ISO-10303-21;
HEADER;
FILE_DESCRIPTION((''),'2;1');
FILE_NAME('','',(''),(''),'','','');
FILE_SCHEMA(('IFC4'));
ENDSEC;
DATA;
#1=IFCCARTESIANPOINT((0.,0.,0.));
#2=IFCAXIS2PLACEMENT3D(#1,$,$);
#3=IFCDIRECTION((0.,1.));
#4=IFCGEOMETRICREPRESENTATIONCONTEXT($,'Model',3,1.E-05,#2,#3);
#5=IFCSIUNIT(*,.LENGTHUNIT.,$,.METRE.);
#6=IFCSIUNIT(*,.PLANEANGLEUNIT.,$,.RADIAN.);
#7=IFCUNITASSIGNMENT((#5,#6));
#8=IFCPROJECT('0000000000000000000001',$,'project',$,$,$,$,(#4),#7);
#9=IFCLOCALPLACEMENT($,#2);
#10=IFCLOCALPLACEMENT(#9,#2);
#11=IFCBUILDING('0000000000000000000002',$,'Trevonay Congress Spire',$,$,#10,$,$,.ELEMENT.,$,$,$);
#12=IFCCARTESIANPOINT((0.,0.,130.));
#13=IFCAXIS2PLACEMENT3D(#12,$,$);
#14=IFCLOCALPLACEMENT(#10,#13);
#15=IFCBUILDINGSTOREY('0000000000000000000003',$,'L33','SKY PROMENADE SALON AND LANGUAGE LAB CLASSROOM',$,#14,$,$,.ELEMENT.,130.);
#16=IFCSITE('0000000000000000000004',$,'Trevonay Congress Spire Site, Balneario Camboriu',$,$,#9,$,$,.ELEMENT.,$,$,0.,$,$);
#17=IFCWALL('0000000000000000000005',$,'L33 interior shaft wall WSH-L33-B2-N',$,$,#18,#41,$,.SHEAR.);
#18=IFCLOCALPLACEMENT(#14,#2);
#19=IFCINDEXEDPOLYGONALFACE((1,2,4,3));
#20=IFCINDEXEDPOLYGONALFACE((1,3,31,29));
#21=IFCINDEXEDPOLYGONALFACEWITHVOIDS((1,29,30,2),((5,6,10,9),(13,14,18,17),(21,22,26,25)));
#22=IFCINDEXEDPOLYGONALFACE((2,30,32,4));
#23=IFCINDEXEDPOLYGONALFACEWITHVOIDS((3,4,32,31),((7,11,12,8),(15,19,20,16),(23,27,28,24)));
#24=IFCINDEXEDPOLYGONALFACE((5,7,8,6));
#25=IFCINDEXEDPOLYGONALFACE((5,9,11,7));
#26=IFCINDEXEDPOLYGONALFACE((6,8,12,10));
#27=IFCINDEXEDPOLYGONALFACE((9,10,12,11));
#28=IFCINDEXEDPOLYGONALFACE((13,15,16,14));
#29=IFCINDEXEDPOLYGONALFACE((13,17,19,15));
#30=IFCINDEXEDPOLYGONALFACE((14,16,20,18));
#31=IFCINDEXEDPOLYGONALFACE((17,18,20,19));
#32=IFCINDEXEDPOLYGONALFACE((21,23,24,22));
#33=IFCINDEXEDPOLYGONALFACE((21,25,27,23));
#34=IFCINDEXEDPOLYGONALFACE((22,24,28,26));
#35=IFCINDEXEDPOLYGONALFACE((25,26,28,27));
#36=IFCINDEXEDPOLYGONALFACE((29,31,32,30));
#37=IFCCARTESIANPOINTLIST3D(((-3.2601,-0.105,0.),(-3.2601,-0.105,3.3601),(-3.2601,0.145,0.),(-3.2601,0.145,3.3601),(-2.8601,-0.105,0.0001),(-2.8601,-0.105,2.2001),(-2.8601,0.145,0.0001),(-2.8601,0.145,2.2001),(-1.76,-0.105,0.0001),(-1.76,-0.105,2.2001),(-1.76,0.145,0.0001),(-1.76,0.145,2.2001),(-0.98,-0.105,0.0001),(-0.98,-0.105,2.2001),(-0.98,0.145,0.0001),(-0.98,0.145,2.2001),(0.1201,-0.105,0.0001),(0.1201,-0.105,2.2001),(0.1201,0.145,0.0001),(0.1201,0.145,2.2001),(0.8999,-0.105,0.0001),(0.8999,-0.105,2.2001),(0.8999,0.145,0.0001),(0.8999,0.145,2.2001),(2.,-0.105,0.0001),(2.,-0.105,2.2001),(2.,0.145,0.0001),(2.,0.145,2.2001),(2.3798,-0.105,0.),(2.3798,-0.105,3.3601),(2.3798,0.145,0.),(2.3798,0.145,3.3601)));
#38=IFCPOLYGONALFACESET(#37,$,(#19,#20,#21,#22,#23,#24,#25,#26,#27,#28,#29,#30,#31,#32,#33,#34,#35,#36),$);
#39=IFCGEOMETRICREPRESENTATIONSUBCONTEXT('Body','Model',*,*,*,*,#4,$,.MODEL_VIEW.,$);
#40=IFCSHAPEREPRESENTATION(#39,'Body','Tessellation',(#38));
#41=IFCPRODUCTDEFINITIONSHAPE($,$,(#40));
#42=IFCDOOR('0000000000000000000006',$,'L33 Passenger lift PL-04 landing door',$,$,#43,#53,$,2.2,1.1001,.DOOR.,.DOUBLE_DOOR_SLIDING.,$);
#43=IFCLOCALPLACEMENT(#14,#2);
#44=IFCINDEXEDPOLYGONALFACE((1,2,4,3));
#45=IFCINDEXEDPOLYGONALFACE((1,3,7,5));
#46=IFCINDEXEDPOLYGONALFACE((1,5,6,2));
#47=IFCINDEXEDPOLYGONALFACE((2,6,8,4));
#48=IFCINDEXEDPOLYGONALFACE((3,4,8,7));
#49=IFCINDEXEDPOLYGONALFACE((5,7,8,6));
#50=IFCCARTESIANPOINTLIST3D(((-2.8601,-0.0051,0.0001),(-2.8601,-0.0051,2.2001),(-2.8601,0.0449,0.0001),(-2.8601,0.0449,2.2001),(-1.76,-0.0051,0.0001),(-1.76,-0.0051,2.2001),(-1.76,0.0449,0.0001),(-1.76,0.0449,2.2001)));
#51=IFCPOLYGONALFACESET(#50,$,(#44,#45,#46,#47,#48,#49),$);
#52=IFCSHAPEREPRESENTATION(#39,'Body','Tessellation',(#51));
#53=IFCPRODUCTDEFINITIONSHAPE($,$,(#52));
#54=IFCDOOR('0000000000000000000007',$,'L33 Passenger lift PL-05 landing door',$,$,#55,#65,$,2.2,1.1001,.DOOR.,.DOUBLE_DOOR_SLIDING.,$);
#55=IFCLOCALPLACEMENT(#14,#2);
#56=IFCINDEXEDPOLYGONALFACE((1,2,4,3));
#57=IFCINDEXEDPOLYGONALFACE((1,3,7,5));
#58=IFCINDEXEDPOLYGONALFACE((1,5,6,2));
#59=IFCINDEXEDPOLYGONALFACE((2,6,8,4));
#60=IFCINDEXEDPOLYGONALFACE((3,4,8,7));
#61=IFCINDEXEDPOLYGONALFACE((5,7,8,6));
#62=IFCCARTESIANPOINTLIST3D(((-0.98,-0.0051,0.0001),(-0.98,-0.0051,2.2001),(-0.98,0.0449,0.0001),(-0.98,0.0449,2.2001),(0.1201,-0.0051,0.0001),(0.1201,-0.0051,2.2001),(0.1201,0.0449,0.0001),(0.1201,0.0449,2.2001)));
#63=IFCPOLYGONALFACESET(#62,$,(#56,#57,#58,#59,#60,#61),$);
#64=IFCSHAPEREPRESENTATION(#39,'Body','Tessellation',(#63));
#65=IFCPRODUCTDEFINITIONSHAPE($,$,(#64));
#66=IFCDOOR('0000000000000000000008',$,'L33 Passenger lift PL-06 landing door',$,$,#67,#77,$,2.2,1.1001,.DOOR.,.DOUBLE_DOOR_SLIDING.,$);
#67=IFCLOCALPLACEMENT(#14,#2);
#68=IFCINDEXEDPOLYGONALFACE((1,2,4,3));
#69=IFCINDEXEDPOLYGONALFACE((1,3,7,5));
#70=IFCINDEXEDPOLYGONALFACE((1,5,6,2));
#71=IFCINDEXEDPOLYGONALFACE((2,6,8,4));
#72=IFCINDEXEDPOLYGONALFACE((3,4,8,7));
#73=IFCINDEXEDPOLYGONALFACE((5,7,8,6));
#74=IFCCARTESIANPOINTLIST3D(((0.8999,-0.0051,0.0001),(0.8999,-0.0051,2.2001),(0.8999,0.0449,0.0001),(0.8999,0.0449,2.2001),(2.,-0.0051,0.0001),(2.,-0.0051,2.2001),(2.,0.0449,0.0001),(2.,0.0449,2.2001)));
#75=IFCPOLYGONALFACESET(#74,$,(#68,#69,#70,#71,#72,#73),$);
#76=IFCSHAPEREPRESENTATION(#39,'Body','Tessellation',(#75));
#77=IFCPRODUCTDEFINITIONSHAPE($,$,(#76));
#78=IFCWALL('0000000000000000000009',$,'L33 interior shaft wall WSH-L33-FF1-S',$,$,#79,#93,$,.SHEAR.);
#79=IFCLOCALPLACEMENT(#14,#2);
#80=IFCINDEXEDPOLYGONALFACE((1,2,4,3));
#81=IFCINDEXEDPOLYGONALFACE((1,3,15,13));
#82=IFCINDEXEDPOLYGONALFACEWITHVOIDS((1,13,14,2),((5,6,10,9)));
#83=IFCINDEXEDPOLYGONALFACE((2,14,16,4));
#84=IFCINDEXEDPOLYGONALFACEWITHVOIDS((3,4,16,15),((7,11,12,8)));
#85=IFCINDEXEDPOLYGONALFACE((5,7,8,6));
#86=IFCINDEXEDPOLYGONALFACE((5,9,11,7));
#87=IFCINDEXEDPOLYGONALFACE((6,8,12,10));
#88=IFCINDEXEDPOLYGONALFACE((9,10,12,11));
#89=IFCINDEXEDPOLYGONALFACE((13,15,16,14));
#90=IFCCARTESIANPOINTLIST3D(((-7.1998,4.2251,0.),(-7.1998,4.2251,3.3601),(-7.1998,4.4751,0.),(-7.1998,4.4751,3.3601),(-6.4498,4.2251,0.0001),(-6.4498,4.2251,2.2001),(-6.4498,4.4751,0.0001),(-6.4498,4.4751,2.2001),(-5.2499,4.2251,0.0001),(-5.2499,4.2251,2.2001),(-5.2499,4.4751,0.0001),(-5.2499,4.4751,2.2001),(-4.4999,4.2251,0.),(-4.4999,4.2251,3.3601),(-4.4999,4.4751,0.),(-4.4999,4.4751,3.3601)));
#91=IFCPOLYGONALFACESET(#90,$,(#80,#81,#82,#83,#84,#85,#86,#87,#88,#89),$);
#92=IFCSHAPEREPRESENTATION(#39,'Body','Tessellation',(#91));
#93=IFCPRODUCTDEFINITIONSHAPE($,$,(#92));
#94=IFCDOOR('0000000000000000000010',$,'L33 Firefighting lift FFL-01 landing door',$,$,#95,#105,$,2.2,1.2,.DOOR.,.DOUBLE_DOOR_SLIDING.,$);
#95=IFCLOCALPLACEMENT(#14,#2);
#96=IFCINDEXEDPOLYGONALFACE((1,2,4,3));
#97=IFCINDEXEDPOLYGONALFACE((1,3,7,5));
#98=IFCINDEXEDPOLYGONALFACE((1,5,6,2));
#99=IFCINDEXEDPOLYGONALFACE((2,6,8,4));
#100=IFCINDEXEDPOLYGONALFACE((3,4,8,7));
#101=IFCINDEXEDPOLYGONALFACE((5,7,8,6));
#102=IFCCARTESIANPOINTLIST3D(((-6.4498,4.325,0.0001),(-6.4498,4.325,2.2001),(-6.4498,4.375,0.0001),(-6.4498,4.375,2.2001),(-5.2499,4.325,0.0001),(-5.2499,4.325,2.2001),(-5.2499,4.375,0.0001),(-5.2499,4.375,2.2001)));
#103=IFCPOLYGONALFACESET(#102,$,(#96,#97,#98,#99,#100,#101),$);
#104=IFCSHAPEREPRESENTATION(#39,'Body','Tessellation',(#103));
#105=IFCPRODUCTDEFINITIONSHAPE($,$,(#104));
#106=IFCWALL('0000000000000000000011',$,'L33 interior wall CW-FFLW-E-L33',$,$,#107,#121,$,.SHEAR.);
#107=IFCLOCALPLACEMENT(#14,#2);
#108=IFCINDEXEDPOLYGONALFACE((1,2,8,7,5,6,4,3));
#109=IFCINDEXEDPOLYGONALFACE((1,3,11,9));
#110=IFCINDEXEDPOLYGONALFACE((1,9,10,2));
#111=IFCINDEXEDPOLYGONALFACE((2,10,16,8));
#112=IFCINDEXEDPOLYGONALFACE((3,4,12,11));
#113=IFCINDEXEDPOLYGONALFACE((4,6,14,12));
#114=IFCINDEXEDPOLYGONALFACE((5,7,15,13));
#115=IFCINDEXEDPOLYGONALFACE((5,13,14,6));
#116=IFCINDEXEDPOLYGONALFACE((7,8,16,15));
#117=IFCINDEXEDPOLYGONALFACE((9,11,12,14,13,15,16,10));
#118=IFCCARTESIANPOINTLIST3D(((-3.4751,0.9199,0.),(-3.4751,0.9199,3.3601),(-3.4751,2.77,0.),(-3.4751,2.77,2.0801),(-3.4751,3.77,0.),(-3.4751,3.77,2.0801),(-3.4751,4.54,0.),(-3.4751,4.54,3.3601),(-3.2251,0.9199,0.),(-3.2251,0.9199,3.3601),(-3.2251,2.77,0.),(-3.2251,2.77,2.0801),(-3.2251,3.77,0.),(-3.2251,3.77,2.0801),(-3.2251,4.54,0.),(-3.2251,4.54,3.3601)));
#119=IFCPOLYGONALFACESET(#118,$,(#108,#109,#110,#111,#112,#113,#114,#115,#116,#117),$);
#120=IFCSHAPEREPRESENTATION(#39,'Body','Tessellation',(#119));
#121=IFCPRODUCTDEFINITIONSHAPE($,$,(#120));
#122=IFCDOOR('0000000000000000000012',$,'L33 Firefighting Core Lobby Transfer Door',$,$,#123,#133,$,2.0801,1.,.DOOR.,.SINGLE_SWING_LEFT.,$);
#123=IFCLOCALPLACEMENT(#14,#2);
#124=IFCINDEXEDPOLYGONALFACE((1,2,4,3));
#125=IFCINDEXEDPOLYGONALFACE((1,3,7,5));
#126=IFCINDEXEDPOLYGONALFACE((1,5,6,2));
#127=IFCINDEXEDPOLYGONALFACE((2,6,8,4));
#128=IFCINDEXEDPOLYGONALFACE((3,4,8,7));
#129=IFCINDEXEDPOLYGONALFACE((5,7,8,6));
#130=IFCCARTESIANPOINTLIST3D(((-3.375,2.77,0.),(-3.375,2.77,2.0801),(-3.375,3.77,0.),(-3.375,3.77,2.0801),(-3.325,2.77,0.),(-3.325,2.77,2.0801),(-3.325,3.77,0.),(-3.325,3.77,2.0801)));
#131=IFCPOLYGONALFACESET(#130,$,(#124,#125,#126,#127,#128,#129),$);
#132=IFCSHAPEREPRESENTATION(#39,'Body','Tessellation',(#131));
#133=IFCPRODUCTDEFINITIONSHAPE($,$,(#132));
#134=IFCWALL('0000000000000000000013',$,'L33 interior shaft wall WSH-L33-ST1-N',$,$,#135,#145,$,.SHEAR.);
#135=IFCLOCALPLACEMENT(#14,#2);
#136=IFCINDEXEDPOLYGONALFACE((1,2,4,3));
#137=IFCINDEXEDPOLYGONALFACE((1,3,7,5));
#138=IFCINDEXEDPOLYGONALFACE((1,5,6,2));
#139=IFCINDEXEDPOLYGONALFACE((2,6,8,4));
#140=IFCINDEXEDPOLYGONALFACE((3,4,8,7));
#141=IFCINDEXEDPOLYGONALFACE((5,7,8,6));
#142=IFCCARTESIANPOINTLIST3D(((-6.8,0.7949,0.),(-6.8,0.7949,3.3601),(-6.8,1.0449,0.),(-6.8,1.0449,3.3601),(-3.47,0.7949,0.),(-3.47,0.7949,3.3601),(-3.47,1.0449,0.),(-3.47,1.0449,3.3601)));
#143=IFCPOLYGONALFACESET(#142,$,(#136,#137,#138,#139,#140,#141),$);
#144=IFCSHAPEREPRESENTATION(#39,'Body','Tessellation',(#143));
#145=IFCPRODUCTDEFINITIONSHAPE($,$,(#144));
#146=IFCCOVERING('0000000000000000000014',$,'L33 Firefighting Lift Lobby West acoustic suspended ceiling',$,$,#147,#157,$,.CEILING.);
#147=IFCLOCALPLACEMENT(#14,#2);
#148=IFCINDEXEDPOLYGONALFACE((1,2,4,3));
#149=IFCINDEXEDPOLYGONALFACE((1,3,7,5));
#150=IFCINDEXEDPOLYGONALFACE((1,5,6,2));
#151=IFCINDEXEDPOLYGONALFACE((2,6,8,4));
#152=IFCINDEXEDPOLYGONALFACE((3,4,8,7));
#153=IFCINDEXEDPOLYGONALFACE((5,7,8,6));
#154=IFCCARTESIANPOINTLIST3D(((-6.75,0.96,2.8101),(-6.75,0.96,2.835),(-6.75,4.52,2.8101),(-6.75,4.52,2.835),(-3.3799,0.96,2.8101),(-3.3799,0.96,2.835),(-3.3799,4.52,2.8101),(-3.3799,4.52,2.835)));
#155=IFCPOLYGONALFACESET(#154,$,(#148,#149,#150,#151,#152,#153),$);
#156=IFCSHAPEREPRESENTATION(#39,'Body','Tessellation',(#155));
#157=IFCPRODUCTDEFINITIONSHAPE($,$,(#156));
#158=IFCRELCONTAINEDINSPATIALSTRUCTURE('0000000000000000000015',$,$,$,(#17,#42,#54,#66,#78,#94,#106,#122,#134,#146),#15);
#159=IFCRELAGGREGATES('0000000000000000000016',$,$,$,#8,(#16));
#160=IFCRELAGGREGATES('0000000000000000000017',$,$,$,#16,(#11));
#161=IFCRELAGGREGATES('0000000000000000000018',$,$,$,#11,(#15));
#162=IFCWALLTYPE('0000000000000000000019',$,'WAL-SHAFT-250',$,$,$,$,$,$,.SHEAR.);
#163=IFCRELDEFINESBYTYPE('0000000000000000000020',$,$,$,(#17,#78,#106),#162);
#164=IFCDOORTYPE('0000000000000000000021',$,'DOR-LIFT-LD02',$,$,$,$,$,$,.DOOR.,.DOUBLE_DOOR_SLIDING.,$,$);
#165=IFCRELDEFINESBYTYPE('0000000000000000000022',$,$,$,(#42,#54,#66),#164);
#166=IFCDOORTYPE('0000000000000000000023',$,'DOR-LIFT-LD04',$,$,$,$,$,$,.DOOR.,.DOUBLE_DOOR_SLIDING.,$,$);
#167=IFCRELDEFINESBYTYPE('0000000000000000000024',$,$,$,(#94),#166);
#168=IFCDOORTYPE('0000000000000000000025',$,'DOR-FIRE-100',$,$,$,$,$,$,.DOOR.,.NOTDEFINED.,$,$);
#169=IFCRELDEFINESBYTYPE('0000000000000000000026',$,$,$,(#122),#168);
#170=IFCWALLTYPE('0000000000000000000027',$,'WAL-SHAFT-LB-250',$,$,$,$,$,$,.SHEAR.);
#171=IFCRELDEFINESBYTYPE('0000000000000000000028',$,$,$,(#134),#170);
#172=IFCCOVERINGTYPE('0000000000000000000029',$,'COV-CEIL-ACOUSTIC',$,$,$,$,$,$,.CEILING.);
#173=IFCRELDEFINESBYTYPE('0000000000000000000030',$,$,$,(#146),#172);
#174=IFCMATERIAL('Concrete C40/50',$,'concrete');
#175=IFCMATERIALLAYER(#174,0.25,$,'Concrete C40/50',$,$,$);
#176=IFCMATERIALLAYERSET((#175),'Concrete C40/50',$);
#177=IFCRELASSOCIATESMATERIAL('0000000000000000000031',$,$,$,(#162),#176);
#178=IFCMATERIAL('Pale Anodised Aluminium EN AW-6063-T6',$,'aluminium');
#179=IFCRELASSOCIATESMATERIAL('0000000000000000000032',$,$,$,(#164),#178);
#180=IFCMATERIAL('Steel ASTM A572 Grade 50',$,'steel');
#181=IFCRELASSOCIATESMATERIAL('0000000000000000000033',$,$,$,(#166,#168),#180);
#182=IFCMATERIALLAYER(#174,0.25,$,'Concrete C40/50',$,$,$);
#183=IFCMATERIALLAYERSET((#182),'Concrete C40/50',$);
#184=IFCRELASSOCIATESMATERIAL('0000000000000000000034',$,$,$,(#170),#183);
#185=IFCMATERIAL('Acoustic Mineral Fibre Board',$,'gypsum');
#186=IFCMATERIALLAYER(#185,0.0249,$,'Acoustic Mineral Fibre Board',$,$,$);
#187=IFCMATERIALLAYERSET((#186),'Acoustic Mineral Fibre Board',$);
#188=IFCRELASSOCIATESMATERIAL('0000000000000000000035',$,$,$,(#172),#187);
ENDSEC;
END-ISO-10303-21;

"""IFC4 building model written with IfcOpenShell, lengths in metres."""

from ifc_helpers import new_model, si_unit, direction, frame, frame_2d, origin, place, context, subcontext, project, spatial, polyline, rectangle, outline, extrude, material, layer, layer_set, type_object, element, fill, save


model = new_model("IFC4")

# Units and contexts
model_context = context("Model", 3, precision=1e-05, world=origin(), true_north=direction((0.0, 1.0)))
body_context = subcontext(model_context, "Body", "Model", "MODEL_VIEW")
ifc_project = project(units=[si_unit("LENGTHUNIT", "METRE"), si_unit("PLANEANGLEUNIT", "RADIAN")], contexts=[model_context])

# Site, building, storey
site_placement = place(None, origin())
site = spatial("IfcSite", under=ifc_project, at=site_placement, Name="Trevonay Congress Spire Site, Balneario Camboriu", CompositionType="ELEMENT", RefElevation=0.0)
building_placement = place(site_placement, origin())
building = spatial("IfcBuilding", under=site, at=building_placement, Name="Trevonay Congress Spire", CompositionType="ELEMENT")
storey_placement = place(building_placement, frame((0.0, 0.0, 130.0)))
storey = spatial("IfcBuildingStorey", under=building, at=storey_placement, Name="L33", Description="SKY PROMENADE SALON AND LANGUAGE LAB CLASSROOM", CompositionType="ELEMENT", Elevation=130.0)

# Shared definitions
ifc_material_1 = material(Name="Steel ASTM A572 Grade 50", Category="steel")

# Shared definitions
ifc_material_2 = material(Name="Concrete C40/50", Category="concrete")

# Wall, openings, doors
ifc_layer_1 = layer(ifc_material_2, 0.25, Name="Concrete C40/50")
ifc_layer_set_1 = layer_set([ifc_layer_1], Name="Concrete C40/50")
wall_type_1 = type_object("IfcWallType", Name="WAL-SHAFT-250", PredefinedType="SHEAR", material=ifc_layer_set_1)
wall_1_placement = place(storey_placement, frame((-3.26, 0.02, 0.0), z_axis=(0.0, 0.0, 1.0), x_axis=(1.0, 0.0, 0.0)))
wall_1 = element("IfcWall", 1, at=wall_1_placement, inside=storey, type_object=wall_type_1, Name="L33 interior shaft wall WSH-L33-B2-N", PredefinedType="SHEAR", context=body_context, shape_type="SweptSolid", body=[
    extrude(rectangle(XDim=5.6399, YDim=0.25, at=frame_2d((2.8198, 0.0))), origin(), (0.0, 0.0, 1.0), 3.3601),
])
opening_1_placement = place(wall_1_placement, frame((0.3999, 0.0, 0.0)))
opening_1 = element("IfcOpeningElement", 2, at=opening_1_placement, cuts=wall_1, PredefinedType="OPENING", context=body_context, shape_type="SweptSolid", body=[
    extrude(rectangle(XDim=1.1001, YDim=2.2, at=frame_2d((0.55, 1.1001))), frame((0.0, 0.135, 0.0), z_axis=(0.0, -1.0, 0.0), x_axis=(1.0, 0.0, 0.0)), (0.0, 0.0, 1.0), 0.27),
])
opening_2_placement = place(wall_1_placement, frame((2.28, 0.0, 0.0)))
opening_2 = element("IfcOpeningElement", 3, at=opening_2_placement, cuts=wall_1, PredefinedType="OPENING", context=body_context, shape_type="SweptSolid", body=[
    extrude(rectangle(XDim=1.1001, YDim=2.2, at=frame_2d((0.55, 1.1001))), frame((0.0, 0.135, 0.0), z_axis=(0.0, -1.0, 0.0), x_axis=(1.0, 0.0, 0.0)), (0.0, 0.0, 1.0), 0.27),
])
opening_3_placement = place(wall_1_placement, frame((4.1599, 0.0, 0.0)))
opening_3 = element("IfcOpeningElement", 4, at=opening_3_placement, cuts=wall_1, PredefinedType="OPENING", context=body_context, shape_type="SweptSolid", body=[
    extrude(rectangle(XDim=1.1001, YDim=2.2, at=frame_2d((0.55, 1.1001))), frame((0.0, 0.135, 0.0), z_axis=(0.0, -1.0, 0.0), x_axis=(1.0, 0.0, 0.0)), (0.0, 0.0, 1.0), 0.27),
])
ifc_material_3 = material(Name="Pale Anodised Aluminium EN AW-6063-T6", Category="aluminium")
door_type_1 = type_object("IfcDoorType", Name="DOR-LIFT-LD02", OperationType="DOUBLE_DOOR_SLIDING", PredefinedType="DOOR", material=ifc_material_3)
door_1_placement = place(opening_1_placement, origin())
door_1 = element("IfcDoor", 5, at=door_1_placement, inside=storey, type_object=door_type_1, Name="L33 Passenger lift PL-04 landing door", OperationType="DOUBLE_DOOR_SLIDING", OverallHeight=2.2, OverallWidth=1.1001, PredefinedType="DOOR", context=body_context, shape_type="SweptSolid", body=[
    extrude(rectangle(XDim=1.1001, YDim=2.2, at=frame_2d((0.55, 1.1001))), frame((0.0, 0.0249, 0.0), z_axis=(0.0, -1.0, 0.0), x_axis=(1.0, 0.0, 0.0)), (0.0, 0.0, 1.0), 0.05),
])
fill(opening_1, door_1)
door_2_placement = place(opening_2_placement, origin())
door_2 = element("IfcDoor", 6, at=door_2_placement, inside=storey, type_object=door_type_1, Name="L33 Passenger lift PL-05 landing door", OperationType="DOUBLE_DOOR_SLIDING", OverallHeight=2.2, OverallWidth=1.1001, PredefinedType="DOOR", context=body_context, shape_type="SweptSolid", body=[
    extrude(rectangle(XDim=1.1001, YDim=2.2, at=frame_2d((0.55, 1.1001))), frame((0.0, 0.0249, 0.0), z_axis=(0.0, -1.0, 0.0), x_axis=(1.0, 0.0, 0.0)), (0.0, 0.0, 1.0), 0.05),
])
fill(opening_2, door_2)
door_3_placement = place(opening_3_placement, origin())
door_3 = element("IfcDoor", 7, at=door_3_placement, inside=storey, type_object=door_type_1, Name="L33 Passenger lift PL-06 landing door", OperationType="DOUBLE_DOOR_SLIDING", OverallHeight=2.2, OverallWidth=1.1001, PredefinedType="DOOR", context=body_context, shape_type="SweptSolid", body=[
    extrude(rectangle(XDim=1.1001, YDim=2.2, at=frame_2d((0.55, 1.1001))), frame((0.0, 0.0249, 0.0), z_axis=(0.0, -1.0, 0.0), x_axis=(1.0, 0.0, 0.0)), (0.0, 0.0, 1.0), 0.05),
])
fill(opening_3, door_3)

# Walls, openings, doors
wall_2_placement = place(storey_placement, frame((-7.2, 4.3501, 0.0), z_axis=(0.0, 0.0, 1.0), x_axis=(1.0, 0.0, 0.0)))
wall_2 = element("IfcWall", 8, at=wall_2_placement, inside=storey, type_object=wall_type_1, Name="L33 interior shaft wall WSH-L33-FF1-S", PredefinedType="SHEAR", context=body_context, shape_type="SweptSolid", body=[
    extrude(rectangle(XDim=2.7, YDim=0.25, at=frame_2d((1.3501, 0.0))), origin(), (0.0, 0.0, 1.0), 3.3601),
])
opening_4_placement = place(wall_2_placement, frame((0.75, 0.0, 0.0)))
opening_4 = element("IfcOpeningElement", 9, at=opening_4_placement, cuts=wall_2, PredefinedType="OPENING", context=body_context, shape_type="SweptSolid", body=[
    extrude(rectangle(XDim=1.2, YDim=2.2, at=frame_2d((0.6001, 1.1001))), frame((0.0, 0.135, 0.0), z_axis=(0.0, -1.0, 0.0), x_axis=(1.0, 0.0, 0.0)), (0.0, 0.0, 1.0), 0.27),
])
door_type_2 = type_object("IfcDoorType", Name="DOR-LIFT-LD04", OperationType="DOUBLE_DOOR_SLIDING", PredefinedType="DOOR", material=ifc_material_1)
door_4_placement = place(opening_4_placement, origin())
door_4 = element("IfcDoor", 10, at=door_4_placement, inside=storey, type_object=door_type_2, Name="L33 Firefighting lift FFL-01 landing door", OperationType="DOUBLE_DOOR_SLIDING", OverallHeight=2.2, OverallWidth=1.2, PredefinedType="DOOR", context=body_context, shape_type="SweptSolid", body=[
    extrude(rectangle(XDim=1.2, YDim=2.2, at=frame_2d((0.6001, 1.1001))), frame((0.0, 0.0249, 0.0), z_axis=(0.0, -1.0, 0.0), x_axis=(1.0, 0.0, 0.0)), (0.0, 0.0, 1.0), 0.05),
])
fill(opening_4, door_4)
wall_3_placement = place(storey_placement, frame((-3.3501, 0.9199, 0.0), z_axis=(0.0, 0.0, 1.0), x_axis=(0.0, 1.0, 0.0)))
wall_3 = element("IfcWall", 11, at=wall_3_placement, inside=storey, type_object=wall_type_1, Name="L33 interior wall CW-FFLW-E-L33", PredefinedType="SHEAR", context=body_context, shape_type="SweptSolid", body=[
    extrude(rectangle(XDim=3.6201, YDim=0.25, at=frame_2d((1.8101, 0.0))), origin(), (0.0, 0.0, 1.0), 3.3601),
])
opening_5_placement = place(wall_3_placement, frame((1.8501, 0.0, 0.0)))
opening_5 = element("IfcOpeningElement", 12, at=opening_5_placement, cuts=wall_3, PredefinedType="OPENING", context=body_context, shape_type="SweptSolid", body=[
    extrude(rectangle(XDim=1.0, YDim=2.0801, at=frame_2d((0.5, 1.04))), frame((0.0, 0.135, 0.0), z_axis=(0.0, -1.0, 0.0), x_axis=(1.0, 0.0, 0.0)), (0.0, 0.0, 1.0), 0.27),
])
door_type_3 = type_object("IfcDoorType", Name="DOR-FIRE-100", OperationType="NOTDEFINED", PredefinedType="DOOR", material=ifc_material_1)
door_5_placement = place(opening_5_placement, origin())
door_5 = element("IfcDoor", 13, at=door_5_placement, inside=storey, type_object=door_type_3, Name="L33 Firefighting Core Lobby Transfer Door", OperationType="SINGLE_SWING_LEFT", OverallHeight=2.0801, OverallWidth=1.0, PredefinedType="DOOR", context=body_context, shape_type="SweptSolid", body=[
    extrude(rectangle(XDim=1.0, YDim=2.0801, at=frame_2d((0.5, 1.04))), frame((0.0, 0.0249, 0.0), z_axis=(0.0, -1.0, 0.0), x_axis=(1.0, 0.0, 0.0)), (0.0, 0.0, 1.0), 0.05),
])
fill(opening_5, door_5)

# Wall
ifc_layer_2 = layer(ifc_material_2, 0.25, Name="Concrete C40/50")
ifc_layer_set_2 = layer_set([ifc_layer_2], Name="Concrete C40/50")
wall_type_2 = type_object("IfcWallType", Name="WAL-SHAFT-LB-250", PredefinedType="SHEAR", material=ifc_layer_set_2)
wall_4_placement = place(storey_placement, frame((-6.8, 0.9199, 0.0), z_axis=(0.0, 0.0, 1.0), x_axis=(1.0, 0.0, 0.0)))
element("IfcWall", 14, at=wall_4_placement, inside=storey, type_object=wall_type_2, Name="L33 interior shaft wall WSH-L33-ST1-N", PredefinedType="SHEAR", context=body_context, shape_type="SweptSolid", body=[
    extrude(rectangle(XDim=3.3301, YDim=0.25, at=frame_2d((1.665, 0.0))), origin(), (0.0, 0.0, 1.0), 3.3601),
])

# Covering
ifc_material_4 = material(Name="Acoustic Mineral Fibre Board", Category="gypsum")
ifc_layer_3 = layer(ifc_material_4, 0.0249, Name="Acoustic Mineral Fibre Board")
ifc_layer_set_3 = layer_set([ifc_layer_3], Name="Acoustic Mineral Fibre Board")
covering_type_1 = type_object("IfcCoveringType", Name="COV-CEIL-ACOUSTIC", PredefinedType="CEILING", material=ifc_layer_set_3)
covering_1_placement = place(storey_placement, frame((0.0, 0.0, 2.8101)))
element("IfcCovering", 15, at=covering_1_placement, inside=storey, type_object=covering_type_1, Name="L33 Firefighting Lift Lobby West acoustic suspended ceiling", PredefinedType="CEILING", context=body_context, shape_type="SweptSolid", body=[
    extrude(outline(polyline([(-6.75, 0.96), (-3.3799, 0.96), (-3.3799, 4.52), (-6.75, 4.52), (-6.75, 0.96)])), origin(), (0.0, 0.0, 1.0), 0.0249),
])

save(model, "model.ifc")
